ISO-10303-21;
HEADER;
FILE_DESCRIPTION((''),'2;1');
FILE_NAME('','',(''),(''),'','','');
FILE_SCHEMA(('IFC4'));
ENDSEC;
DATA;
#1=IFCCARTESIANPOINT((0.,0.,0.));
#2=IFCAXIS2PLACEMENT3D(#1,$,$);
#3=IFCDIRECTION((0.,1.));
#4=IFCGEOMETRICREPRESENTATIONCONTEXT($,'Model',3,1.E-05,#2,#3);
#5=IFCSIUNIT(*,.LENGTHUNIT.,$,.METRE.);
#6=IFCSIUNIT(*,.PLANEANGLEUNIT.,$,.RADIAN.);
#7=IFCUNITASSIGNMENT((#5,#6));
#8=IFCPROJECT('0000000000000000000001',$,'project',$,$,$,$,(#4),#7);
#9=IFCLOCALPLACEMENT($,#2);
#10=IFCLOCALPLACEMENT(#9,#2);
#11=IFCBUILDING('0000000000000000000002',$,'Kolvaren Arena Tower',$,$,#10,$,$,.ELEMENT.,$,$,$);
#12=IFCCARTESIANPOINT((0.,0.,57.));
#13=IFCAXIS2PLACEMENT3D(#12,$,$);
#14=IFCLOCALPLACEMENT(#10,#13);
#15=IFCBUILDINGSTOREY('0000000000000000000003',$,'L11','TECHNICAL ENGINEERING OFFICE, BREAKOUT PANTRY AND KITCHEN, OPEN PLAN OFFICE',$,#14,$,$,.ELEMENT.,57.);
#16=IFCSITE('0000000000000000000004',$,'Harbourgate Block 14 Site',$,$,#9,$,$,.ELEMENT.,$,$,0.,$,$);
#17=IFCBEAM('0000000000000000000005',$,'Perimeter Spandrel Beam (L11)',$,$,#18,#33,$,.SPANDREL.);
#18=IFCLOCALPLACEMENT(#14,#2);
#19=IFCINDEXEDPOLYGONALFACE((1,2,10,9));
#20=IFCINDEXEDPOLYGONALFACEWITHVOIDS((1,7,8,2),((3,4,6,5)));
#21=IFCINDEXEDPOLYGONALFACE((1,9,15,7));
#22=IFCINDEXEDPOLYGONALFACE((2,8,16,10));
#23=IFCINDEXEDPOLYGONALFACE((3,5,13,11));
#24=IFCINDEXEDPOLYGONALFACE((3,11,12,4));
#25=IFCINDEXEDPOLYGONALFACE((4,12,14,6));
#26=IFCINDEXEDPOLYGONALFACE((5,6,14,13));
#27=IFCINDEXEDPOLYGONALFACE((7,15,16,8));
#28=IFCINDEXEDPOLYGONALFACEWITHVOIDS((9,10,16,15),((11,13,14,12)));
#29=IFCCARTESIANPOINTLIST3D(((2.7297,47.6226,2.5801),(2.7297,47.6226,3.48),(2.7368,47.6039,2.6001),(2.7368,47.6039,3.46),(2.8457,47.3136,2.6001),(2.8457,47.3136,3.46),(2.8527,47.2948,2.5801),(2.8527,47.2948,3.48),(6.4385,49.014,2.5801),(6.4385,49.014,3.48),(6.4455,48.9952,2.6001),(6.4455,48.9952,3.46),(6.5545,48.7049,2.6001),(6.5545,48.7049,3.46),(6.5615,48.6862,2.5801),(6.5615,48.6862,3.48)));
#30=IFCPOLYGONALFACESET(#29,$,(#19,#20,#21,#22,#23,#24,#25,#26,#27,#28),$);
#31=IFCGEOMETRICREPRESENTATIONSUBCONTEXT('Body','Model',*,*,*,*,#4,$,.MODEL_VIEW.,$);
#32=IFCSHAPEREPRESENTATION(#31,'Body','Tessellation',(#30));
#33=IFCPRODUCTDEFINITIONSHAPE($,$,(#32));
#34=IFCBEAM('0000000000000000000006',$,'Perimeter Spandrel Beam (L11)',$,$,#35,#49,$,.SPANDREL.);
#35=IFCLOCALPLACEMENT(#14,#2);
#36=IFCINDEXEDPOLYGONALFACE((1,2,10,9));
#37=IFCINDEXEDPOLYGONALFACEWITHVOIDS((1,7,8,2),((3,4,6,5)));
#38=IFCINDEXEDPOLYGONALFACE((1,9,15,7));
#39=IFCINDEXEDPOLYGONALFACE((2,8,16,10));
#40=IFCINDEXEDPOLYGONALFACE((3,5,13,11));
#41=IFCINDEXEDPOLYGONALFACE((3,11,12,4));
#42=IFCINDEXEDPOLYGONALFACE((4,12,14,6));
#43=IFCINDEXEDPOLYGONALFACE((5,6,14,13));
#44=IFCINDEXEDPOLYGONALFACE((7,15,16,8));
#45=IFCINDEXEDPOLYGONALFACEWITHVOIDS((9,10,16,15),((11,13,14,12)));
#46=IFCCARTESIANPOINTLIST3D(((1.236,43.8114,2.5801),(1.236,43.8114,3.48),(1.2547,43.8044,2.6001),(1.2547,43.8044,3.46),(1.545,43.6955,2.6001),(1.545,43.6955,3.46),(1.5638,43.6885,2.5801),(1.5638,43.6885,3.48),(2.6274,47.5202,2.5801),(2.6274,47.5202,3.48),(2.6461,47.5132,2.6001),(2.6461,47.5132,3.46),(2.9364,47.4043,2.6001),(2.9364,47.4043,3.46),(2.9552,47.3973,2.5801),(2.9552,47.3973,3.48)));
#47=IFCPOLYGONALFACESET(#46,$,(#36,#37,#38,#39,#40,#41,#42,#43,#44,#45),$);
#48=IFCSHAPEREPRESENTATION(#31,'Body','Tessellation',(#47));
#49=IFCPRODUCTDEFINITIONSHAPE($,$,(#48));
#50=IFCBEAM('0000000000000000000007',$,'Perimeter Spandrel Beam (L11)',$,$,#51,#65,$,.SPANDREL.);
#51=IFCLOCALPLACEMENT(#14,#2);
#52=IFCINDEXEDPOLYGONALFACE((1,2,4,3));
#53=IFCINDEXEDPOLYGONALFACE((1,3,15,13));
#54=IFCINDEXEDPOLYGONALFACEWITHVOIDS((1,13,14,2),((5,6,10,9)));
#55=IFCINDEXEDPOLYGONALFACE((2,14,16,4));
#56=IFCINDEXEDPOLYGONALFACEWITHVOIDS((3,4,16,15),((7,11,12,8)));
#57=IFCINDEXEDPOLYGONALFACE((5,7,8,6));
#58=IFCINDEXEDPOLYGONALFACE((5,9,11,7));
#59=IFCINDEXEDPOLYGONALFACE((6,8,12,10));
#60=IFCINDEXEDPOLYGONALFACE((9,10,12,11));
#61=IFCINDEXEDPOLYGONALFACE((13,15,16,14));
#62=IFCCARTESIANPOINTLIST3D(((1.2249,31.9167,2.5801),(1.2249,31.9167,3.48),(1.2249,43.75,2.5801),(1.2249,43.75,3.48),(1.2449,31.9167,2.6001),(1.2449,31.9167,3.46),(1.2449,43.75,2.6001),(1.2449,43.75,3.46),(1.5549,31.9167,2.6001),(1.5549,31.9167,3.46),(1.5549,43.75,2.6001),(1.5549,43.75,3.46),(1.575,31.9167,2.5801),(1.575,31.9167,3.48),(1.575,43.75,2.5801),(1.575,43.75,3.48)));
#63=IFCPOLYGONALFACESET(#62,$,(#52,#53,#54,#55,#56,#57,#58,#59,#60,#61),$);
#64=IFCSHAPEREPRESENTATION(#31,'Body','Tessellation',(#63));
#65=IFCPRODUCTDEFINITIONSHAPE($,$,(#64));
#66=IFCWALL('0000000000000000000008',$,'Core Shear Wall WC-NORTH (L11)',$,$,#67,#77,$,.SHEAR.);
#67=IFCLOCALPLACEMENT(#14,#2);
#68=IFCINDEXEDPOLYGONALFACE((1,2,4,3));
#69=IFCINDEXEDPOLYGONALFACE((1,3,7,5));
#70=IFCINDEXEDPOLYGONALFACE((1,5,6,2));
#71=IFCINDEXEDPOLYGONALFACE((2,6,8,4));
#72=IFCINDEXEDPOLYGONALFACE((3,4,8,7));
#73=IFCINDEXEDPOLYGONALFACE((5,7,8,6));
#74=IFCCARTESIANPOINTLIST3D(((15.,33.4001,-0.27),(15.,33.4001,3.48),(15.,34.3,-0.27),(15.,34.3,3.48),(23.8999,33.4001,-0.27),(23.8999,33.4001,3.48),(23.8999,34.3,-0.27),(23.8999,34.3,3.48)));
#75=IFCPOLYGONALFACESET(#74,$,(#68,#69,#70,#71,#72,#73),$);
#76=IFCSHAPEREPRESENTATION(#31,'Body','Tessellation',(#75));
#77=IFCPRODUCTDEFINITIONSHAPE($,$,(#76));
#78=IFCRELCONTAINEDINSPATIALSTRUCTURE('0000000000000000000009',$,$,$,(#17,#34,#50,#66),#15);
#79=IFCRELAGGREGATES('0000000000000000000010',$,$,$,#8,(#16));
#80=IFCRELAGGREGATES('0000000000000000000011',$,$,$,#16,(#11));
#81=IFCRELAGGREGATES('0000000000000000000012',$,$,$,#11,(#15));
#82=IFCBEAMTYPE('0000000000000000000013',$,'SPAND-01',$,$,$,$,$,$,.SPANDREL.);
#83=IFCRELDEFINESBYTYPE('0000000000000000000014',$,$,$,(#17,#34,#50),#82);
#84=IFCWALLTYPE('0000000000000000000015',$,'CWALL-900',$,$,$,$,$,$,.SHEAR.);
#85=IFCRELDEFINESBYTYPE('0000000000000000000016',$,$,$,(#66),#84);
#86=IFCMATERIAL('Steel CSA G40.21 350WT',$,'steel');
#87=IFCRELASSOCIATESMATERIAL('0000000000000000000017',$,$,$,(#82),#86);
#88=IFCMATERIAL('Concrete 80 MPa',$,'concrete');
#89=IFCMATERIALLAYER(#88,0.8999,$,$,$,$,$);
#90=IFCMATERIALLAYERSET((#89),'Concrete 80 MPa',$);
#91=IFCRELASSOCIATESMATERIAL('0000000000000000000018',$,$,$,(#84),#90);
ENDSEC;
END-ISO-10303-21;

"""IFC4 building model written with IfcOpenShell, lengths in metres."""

from ifc_helpers import new_model, si_unit, direction, frame, frame_2d, origin, origin_2d, place, context, subcontext, project, spatial, rectangle, hollow_rectangle, extrude, material, layer, layer_set, material_profile, profile_set, type_object, element, save


model = new_model("IFC4")

# Units and contexts
model_context = context("Model", 3, precision=1e-05, world=origin(), true_north=direction((0.0, 1.0)))
body_context = subcontext(model_context, "Body", "Model", "MODEL_VIEW")
ifc_project = project(units=[si_unit("LENGTHUNIT", "METRE"), si_unit("PLANEANGLEUNIT", "RADIAN")], contexts=[model_context])

# Site, building, storey
site_placement = place(None, origin())
site = spatial("IfcSite", under=ifc_project, at=site_placement, Name="Harbourgate Block 14 Site", CompositionType="ELEMENT", RefElevation=0.0)
building_placement = place(site_placement, origin())
building = spatial("IfcBuilding", under=site, at=building_placement, Name="Kolvaren Arena Tower", CompositionType="ELEMENT")
storey_placement = place(building_placement, frame((0.0, 0.0, 57.0)))
storey = spatial("IfcBuildingStorey", under=building, at=storey_placement, Name="L11", Description="TECHNICAL ENGINEERING OFFICE, BREAKOUT PANTRY AND KITCHEN, OPEN PLAN OFFICE", CompositionType="ELEMENT", Elevation=57.0)

# Beams
ifc_material_1 = material(Name="Steel CSA G40.21 350WT", Category="steel")
ifc_material_profile_1 = material_profile(ifc_material_1, hollow_rectangle(XDim=0.3501, YDim=0.8999, WallThickness=0.02, at=origin_2d()), Name="HSS 900x350x20")
ifc_profile_set_1 = profile_set([ifc_material_profile_1], Name="Steel CSA G40.21 350WT")
beam_type_1 = type_object("IfcBeamType", Name="SPAND-01", PredefinedType="SPANDREL", material=ifc_profile_set_1)
for number, where, z_axis, x_axis, name in (
    (1, (6.5, 48.8501, 3.03), (-0.936281, -0.351252, 0.0), (0.351252, -0.936281, 0.0), "Perimeter Spandrel Beam (L11)"),
    (2, (2.7913, 47.4587, 3.03), (-0.351252, -0.936281, 0.0), (0.936281, -0.351252, 0.0), "Perimeter Spandrel Beam (L11)"),
):
    element("IfcBeam", number, at=place(storey_placement, frame(where, z_axis=z_axis, x_axis=x_axis)), inside=storey, type_object=beam_type_1, Name=name, PredefinedType="SPANDREL", context=body_context, shape_type="SweptSolid", body=[
        extrude(hollow_rectangle(XDim=0.3501, YDim=0.8999, WallThickness=0.02, at=origin_2d()), origin(), (0.0, 0.0, 1.0), 3.9612),
    ])
beam_1_placement = place(storey_placement, frame((1.3999, 43.75, 3.03), z_axis=(0.0, -1.0, 0.0), x_axis=(1.0, 0.0, 0.0)))
element("IfcBeam", 3, at=beam_1_placement, inside=storey, type_object=beam_type_1, Name="Perimeter Spandrel Beam (L11)", PredefinedType="SPANDREL", context=body_context, shape_type="SweptSolid", body=[
    extrude(hollow_rectangle(XDim=0.3501, YDim=0.8999, WallThickness=0.02, at=origin_2d()), origin(), (0.0, 0.0, 1.0), 11.8333),
])

# Wall
ifc_material_2 = material(Name="Concrete 80 MPa", Category="concrete")
ifc_layer_1 = layer(ifc_material_2, 0.8999)
ifc_layer_set_1 = layer_set([ifc_layer_1], Name="Concrete 80 MPa")
wall_type_1 = type_object("IfcWallType", Name="CWALL-900", PredefinedType="SHEAR", material=ifc_layer_set_1)
wall_1_placement = place(storey_placement, frame((15.0, 33.8501, -0.27), z_axis=(0.0, 0.0, 1.0), x_axis=(1.0, 0.0, 0.0)))
element("IfcWall", 4, at=wall_1_placement, inside=storey, type_object=wall_type_1, Name="Core Shear Wall WC-NORTH (L11)", PredefinedType="SHEAR", context=body_context, shape_type="SweptSolid", body=[
    extrude(rectangle(XDim=8.8999, YDim=0.8999, at=frame_2d((4.45, 0.0))), origin(), (0.0, 0.0, 1.0), 3.75),
])

save(model, "model.ifc")
